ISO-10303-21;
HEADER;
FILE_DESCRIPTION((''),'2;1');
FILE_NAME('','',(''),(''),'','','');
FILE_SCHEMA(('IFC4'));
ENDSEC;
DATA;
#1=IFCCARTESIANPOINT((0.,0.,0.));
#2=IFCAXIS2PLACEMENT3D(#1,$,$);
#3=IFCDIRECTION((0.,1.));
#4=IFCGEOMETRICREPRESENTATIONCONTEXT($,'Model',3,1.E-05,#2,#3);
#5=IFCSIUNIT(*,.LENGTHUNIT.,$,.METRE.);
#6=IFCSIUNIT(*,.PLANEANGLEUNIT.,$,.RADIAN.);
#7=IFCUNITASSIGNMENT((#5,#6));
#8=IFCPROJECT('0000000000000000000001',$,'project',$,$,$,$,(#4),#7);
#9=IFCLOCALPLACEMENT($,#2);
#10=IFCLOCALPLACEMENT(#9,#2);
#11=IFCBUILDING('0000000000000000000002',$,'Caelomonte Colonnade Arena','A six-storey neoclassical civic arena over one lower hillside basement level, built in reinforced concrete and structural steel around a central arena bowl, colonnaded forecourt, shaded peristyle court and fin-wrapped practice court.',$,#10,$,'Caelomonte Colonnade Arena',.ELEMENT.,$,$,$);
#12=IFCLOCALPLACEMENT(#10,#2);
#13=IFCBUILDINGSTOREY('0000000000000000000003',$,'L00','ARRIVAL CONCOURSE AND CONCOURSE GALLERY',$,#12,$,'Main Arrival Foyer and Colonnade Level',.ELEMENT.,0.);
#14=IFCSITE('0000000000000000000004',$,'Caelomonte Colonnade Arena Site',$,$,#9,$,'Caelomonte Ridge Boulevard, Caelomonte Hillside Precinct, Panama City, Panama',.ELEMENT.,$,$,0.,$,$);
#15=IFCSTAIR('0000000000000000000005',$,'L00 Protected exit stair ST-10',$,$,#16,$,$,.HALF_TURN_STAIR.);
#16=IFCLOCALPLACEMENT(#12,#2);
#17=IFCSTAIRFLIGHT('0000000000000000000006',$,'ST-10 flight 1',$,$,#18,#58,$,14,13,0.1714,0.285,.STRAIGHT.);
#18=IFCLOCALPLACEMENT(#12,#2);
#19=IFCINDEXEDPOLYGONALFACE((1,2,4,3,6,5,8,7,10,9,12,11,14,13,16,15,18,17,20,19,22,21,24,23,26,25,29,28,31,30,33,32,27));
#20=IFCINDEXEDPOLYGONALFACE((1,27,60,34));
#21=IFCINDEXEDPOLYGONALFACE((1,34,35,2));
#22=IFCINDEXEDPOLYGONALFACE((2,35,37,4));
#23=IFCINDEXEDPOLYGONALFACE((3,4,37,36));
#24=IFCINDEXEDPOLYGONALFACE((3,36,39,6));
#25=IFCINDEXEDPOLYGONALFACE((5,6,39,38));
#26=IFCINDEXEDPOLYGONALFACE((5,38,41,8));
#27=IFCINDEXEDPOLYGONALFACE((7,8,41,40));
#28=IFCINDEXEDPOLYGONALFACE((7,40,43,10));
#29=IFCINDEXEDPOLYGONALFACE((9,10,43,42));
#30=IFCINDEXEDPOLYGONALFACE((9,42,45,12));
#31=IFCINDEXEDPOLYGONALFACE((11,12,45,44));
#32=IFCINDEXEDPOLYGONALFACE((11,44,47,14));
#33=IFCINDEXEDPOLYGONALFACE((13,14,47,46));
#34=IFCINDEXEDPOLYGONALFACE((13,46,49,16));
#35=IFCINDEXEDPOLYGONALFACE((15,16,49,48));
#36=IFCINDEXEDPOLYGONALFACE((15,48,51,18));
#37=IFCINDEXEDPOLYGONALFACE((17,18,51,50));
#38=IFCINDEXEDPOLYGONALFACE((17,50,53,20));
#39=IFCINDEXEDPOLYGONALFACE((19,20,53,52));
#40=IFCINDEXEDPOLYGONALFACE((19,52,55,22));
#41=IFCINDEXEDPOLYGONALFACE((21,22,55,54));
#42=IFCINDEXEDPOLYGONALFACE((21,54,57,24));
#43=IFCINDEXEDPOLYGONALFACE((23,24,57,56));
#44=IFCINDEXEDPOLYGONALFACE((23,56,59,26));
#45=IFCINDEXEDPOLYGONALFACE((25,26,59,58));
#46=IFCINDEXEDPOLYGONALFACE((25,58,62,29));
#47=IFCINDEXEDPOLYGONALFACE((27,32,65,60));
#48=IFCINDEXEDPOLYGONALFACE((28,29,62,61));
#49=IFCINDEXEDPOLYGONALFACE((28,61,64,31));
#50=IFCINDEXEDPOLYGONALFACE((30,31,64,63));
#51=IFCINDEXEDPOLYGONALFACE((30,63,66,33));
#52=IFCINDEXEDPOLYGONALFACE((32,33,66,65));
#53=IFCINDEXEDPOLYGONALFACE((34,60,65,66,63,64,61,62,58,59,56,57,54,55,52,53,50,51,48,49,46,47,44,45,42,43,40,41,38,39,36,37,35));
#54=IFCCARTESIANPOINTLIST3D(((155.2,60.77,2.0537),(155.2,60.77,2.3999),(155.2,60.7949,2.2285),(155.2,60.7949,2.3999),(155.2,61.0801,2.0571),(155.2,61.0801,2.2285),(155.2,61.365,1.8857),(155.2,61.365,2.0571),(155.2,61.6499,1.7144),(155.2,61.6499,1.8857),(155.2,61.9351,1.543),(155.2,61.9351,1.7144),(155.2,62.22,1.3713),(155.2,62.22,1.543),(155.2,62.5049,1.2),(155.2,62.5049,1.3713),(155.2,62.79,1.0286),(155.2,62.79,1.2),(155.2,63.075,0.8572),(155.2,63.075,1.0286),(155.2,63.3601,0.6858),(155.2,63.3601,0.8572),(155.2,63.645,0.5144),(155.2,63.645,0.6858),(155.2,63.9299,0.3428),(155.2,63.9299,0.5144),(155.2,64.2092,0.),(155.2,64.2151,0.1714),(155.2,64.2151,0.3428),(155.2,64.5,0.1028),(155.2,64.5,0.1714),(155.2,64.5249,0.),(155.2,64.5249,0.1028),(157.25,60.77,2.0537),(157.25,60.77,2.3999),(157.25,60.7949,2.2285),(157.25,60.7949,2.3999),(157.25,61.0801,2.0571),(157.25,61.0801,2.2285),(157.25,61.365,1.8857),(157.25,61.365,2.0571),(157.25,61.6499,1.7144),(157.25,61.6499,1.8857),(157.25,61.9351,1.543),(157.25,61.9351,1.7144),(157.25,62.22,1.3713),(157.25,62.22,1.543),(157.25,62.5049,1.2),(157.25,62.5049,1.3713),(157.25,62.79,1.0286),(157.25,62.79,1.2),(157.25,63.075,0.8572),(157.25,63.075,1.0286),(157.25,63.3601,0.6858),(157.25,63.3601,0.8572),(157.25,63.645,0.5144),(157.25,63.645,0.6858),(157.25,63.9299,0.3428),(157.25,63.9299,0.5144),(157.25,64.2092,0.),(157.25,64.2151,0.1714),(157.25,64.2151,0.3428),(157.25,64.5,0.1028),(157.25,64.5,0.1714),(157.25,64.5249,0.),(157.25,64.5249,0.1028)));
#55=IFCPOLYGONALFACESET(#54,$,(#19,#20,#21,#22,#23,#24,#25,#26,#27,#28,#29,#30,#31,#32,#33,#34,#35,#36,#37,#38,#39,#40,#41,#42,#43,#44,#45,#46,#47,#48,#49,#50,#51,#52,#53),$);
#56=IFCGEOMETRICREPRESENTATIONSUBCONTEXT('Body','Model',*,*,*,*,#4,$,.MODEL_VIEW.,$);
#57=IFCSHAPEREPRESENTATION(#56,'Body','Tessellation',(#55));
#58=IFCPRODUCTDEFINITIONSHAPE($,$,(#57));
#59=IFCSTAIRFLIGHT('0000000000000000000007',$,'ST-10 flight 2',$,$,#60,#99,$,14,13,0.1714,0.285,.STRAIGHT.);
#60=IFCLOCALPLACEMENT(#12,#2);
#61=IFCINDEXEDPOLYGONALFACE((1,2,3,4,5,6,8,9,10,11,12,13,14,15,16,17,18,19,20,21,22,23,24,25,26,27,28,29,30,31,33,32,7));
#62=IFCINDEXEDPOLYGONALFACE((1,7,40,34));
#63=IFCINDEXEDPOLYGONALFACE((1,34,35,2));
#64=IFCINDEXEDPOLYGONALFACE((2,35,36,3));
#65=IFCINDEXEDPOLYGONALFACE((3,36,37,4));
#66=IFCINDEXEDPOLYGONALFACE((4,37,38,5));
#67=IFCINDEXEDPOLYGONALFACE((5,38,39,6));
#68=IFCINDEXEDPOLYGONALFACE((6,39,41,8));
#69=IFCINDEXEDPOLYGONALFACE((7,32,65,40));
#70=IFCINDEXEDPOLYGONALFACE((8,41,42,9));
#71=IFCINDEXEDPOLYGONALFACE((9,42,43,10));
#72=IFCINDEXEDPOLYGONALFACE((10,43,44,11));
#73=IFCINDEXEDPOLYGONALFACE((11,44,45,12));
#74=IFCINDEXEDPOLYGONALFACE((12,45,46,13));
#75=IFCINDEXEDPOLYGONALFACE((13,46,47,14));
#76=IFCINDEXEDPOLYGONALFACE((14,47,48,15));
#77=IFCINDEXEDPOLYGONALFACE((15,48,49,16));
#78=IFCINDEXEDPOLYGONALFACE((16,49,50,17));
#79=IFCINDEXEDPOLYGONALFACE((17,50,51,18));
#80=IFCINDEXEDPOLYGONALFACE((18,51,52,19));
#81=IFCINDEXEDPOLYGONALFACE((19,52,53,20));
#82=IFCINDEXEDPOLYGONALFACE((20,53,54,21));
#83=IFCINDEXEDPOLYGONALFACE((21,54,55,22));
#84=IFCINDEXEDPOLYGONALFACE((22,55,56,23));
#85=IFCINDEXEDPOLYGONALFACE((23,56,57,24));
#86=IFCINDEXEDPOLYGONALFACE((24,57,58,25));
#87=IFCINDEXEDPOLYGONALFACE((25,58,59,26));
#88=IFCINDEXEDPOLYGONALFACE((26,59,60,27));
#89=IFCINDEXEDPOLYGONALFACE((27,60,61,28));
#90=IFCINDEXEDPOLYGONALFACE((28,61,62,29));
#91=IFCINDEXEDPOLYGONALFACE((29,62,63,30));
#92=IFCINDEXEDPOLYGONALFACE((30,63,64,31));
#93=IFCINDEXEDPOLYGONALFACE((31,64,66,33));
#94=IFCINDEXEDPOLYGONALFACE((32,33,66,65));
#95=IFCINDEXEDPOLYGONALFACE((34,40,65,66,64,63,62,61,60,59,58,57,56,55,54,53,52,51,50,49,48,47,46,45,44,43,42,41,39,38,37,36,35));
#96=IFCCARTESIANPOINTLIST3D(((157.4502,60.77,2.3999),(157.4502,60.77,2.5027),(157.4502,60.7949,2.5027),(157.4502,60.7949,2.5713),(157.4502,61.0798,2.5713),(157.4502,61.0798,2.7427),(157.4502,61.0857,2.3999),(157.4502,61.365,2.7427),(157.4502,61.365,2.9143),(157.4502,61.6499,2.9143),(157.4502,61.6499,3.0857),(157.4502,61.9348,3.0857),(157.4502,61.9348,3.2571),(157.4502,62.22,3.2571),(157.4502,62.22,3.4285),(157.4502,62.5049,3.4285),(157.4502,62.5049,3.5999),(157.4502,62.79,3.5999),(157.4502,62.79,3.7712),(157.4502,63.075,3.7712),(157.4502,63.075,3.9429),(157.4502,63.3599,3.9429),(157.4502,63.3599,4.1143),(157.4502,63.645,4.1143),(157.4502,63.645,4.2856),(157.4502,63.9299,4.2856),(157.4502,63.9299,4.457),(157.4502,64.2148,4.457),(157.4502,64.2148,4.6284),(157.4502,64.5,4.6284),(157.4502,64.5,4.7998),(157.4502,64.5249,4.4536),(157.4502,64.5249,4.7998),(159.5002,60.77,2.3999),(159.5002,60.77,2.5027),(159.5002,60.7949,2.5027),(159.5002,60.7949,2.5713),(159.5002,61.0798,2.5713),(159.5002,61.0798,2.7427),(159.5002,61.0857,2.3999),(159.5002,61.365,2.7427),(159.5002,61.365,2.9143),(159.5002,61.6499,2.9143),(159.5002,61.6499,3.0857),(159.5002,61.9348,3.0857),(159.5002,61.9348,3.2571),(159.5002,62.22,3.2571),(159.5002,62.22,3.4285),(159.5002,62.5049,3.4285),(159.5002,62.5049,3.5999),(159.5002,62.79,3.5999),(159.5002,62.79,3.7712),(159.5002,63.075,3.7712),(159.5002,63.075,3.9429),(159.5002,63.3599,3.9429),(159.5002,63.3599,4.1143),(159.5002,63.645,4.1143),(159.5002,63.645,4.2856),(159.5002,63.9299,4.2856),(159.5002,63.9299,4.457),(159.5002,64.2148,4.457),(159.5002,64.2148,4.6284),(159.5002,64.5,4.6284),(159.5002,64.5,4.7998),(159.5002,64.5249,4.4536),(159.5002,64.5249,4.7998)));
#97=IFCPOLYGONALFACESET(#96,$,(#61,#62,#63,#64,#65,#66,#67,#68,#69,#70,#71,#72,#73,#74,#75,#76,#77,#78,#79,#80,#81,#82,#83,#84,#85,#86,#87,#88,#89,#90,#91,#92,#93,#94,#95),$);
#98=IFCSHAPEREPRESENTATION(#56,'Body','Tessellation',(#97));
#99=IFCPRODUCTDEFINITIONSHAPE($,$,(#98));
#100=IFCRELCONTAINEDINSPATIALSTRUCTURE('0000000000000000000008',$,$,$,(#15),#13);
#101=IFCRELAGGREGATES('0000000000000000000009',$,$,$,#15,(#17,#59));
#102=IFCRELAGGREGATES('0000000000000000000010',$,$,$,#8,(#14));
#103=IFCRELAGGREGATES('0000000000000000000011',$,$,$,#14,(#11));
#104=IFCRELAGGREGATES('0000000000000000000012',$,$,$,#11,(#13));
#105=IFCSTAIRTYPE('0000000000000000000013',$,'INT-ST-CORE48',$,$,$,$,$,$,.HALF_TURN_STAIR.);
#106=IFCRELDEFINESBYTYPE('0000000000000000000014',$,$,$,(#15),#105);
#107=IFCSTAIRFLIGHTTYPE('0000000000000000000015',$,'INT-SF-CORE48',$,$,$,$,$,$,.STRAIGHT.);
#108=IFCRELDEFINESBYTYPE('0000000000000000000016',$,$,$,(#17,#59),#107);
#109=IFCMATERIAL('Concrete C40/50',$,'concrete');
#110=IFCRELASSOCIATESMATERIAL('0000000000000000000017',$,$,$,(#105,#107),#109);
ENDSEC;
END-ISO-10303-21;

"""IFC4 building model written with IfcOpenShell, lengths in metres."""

from ifc_helpers import new_model, si_unit, direction, frame, origin, place, context, subcontext, project, spatial, polyline, outline, extrude, material, type_object, element, aggregate, save


model = new_model("IFC4")

# Units and contexts
model_context = context("Model", 3, precision=1e-05, world=origin(), true_north=direction((0.0, 1.0)))
body_context = subcontext(model_context, "Body", "Model", "MODEL_VIEW")
ifc_project = project(units=[si_unit("LENGTHUNIT", "METRE"), si_unit("PLANEANGLEUNIT", "RADIAN")], contexts=[model_context])

# Site, building, storey
site_placement = place(None, origin())
site = spatial("IfcSite", under=ifc_project, at=site_placement, Name="Caelomonte Colonnade Arena Site", LongName="Caelomonte Ridge Boulevard, Caelomonte Hillside Precinct, Panama City, Panama", CompositionType="ELEMENT", RefElevation=0.0)
building_placement = place(site_placement, origin())
building = spatial("IfcBuilding", under=site, at=building_placement, Name="Caelomonte Colonnade Arena", Description="A six-storey neoclassical civic arena over one lower hillside basement level, built in reinforced concrete and structural steel around a central arena bowl, colonnaded forecourt, shaded peristyle court and fin-wrapped practice court.", LongName="Caelomonte Colonnade Arena", CompositionType="ELEMENT")
storey_placement = place(building_placement, origin())
storey = spatial("IfcBuildingStorey", under=building, at=storey_placement, Name="L00", Description="ARRIVAL CONCOURSE AND CONCOURSE GALLERY", LongName="Main Arrival Foyer and Colonnade Level", CompositionType="ELEMENT", Elevation=0.0)

# Shared definitions
ifc_material_1 = material(Name="Concrete C40/50", Category="concrete")

# Stair, stair flights
stair_type = type_object("IfcStairType", Name="INT-ST-CORE48", PredefinedType="HALF_TURN_STAIR", material=ifc_material_1)
stair_placement = place(storey_placement, origin())
stair = element("IfcStair", 1, at=stair_placement, inside=storey, type_object=stair_type, Name="L00 Protected exit stair ST-10", PredefinedType="HALF_TURN_STAIR")
stair_flight_type = type_object("IfcStairFlightType", Name="INT-SF-CORE48", PredefinedType="STRAIGHT", material=ifc_material_1)
stair_flight_1_placement = place(storey_placement, frame((156.2251, 64.5, 0.0), z_axis=(0.0, 0.0, 1.0), x_axis=(0.0, -1.0, 0.0)))
stair_flight_1 = element("IfcStairFlight", 2, at=stair_flight_1_placement, type_object=stair_flight_type, Name="ST-10 flight 1", NumberOfRisers=14, NumberOfTreads=13, PredefinedType="STRAIGHT", RiserHeight=0.1714, TreadLength=0.285, context=body_context, shape_type="SweptSolid", body=[
    extrude(outline(polyline([(-0.0249, 0.0), (-0.0249, 0.1028), (0.0, 0.1028), (0.0, 0.1714), (0.2849, 0.1714), (0.2849, 0.3428), (0.5701, 0.3428), (0.5701, 0.5144), (0.855, 0.5144), (0.855, 0.6858), (1.1399, 0.6858), (1.1399, 0.8572), (1.425, 0.8572), (1.425, 1.0286), (1.71, 1.0286), (1.71, 1.2), (1.9951, 1.2), (1.9951, 1.3713), (2.28, 1.3713), (2.28, 1.543), (2.5649, 1.543), (2.5649, 1.7144), (2.8501, 1.7144), (2.8501, 1.8857), (3.135, 1.8857), (3.135, 2.0571), (3.4199, 2.0571), (3.4199, 2.2285), (3.7051, 2.2285), (3.7051, 2.3999), (3.73, 2.3999), (3.73, 2.0537), (0.2908, 0.0), (-0.0249, 0.0)])), frame((0.0, 1.0249, 0.0), z_axis=(0.0, -1.0, 0.0), x_axis=(1.0, 0.0, 0.0)), (0.0, 0.0, 1.0), 2.05),
])
stair_flight_2_placement = place(storey_placement, frame((158.4751, 60.7949, 2.3999), z_axis=(0.0, 0.0, 1.0), x_axis=(0.0, 1.0, 0.0)))
stair_flight_2 = element("IfcStairFlight", 3, at=stair_flight_2_placement, type_object=stair_flight_type, Name="ST-10 flight 2", NumberOfRisers=14, NumberOfTreads=13, PredefinedType="STRAIGHT", RiserHeight=0.1714, TreadLength=0.285, context=body_context, shape_type="SweptSolid", body=[
    extrude(outline(polyline([(-0.0249, 0.0), (-0.0249, 0.1028), (0.0, 0.1028), (0.0, 0.1714), (0.2849, 0.1714), (0.2849, 0.3428), (0.5701, 0.3428), (0.5701, 0.5144), (0.855, 0.5144), (0.855, 0.6858), (1.1399, 0.6858), (1.1399, 0.8572), (1.425, 0.8572), (1.425, 1.0286), (1.71, 1.0286), (1.71, 1.2), (1.9951, 1.2), (1.9951, 1.3713), (2.28, 1.3713), (2.28, 1.543), (2.5649, 1.543), (2.5649, 1.7144), (2.8501, 1.7144), (2.8501, 1.8857), (3.135, 1.8857), (3.135, 2.0571), (3.4199, 2.0571), (3.4199, 2.2285), (3.7051, 2.2285), (3.7051, 2.3999), (3.73, 2.3999), (3.73, 2.0537), (0.2908, 0.0), (-0.0249, 0.0)])), frame((0.0, 1.0249, 0.0), z_axis=(0.0, -1.0, 0.0), x_axis=(1.0, 0.0, 0.0)), (0.0, 0.0, 1.0), 2.05),
])
aggregate(stair, [stair_flight_1, stair_flight_2])

save(model, "model.ifc")
